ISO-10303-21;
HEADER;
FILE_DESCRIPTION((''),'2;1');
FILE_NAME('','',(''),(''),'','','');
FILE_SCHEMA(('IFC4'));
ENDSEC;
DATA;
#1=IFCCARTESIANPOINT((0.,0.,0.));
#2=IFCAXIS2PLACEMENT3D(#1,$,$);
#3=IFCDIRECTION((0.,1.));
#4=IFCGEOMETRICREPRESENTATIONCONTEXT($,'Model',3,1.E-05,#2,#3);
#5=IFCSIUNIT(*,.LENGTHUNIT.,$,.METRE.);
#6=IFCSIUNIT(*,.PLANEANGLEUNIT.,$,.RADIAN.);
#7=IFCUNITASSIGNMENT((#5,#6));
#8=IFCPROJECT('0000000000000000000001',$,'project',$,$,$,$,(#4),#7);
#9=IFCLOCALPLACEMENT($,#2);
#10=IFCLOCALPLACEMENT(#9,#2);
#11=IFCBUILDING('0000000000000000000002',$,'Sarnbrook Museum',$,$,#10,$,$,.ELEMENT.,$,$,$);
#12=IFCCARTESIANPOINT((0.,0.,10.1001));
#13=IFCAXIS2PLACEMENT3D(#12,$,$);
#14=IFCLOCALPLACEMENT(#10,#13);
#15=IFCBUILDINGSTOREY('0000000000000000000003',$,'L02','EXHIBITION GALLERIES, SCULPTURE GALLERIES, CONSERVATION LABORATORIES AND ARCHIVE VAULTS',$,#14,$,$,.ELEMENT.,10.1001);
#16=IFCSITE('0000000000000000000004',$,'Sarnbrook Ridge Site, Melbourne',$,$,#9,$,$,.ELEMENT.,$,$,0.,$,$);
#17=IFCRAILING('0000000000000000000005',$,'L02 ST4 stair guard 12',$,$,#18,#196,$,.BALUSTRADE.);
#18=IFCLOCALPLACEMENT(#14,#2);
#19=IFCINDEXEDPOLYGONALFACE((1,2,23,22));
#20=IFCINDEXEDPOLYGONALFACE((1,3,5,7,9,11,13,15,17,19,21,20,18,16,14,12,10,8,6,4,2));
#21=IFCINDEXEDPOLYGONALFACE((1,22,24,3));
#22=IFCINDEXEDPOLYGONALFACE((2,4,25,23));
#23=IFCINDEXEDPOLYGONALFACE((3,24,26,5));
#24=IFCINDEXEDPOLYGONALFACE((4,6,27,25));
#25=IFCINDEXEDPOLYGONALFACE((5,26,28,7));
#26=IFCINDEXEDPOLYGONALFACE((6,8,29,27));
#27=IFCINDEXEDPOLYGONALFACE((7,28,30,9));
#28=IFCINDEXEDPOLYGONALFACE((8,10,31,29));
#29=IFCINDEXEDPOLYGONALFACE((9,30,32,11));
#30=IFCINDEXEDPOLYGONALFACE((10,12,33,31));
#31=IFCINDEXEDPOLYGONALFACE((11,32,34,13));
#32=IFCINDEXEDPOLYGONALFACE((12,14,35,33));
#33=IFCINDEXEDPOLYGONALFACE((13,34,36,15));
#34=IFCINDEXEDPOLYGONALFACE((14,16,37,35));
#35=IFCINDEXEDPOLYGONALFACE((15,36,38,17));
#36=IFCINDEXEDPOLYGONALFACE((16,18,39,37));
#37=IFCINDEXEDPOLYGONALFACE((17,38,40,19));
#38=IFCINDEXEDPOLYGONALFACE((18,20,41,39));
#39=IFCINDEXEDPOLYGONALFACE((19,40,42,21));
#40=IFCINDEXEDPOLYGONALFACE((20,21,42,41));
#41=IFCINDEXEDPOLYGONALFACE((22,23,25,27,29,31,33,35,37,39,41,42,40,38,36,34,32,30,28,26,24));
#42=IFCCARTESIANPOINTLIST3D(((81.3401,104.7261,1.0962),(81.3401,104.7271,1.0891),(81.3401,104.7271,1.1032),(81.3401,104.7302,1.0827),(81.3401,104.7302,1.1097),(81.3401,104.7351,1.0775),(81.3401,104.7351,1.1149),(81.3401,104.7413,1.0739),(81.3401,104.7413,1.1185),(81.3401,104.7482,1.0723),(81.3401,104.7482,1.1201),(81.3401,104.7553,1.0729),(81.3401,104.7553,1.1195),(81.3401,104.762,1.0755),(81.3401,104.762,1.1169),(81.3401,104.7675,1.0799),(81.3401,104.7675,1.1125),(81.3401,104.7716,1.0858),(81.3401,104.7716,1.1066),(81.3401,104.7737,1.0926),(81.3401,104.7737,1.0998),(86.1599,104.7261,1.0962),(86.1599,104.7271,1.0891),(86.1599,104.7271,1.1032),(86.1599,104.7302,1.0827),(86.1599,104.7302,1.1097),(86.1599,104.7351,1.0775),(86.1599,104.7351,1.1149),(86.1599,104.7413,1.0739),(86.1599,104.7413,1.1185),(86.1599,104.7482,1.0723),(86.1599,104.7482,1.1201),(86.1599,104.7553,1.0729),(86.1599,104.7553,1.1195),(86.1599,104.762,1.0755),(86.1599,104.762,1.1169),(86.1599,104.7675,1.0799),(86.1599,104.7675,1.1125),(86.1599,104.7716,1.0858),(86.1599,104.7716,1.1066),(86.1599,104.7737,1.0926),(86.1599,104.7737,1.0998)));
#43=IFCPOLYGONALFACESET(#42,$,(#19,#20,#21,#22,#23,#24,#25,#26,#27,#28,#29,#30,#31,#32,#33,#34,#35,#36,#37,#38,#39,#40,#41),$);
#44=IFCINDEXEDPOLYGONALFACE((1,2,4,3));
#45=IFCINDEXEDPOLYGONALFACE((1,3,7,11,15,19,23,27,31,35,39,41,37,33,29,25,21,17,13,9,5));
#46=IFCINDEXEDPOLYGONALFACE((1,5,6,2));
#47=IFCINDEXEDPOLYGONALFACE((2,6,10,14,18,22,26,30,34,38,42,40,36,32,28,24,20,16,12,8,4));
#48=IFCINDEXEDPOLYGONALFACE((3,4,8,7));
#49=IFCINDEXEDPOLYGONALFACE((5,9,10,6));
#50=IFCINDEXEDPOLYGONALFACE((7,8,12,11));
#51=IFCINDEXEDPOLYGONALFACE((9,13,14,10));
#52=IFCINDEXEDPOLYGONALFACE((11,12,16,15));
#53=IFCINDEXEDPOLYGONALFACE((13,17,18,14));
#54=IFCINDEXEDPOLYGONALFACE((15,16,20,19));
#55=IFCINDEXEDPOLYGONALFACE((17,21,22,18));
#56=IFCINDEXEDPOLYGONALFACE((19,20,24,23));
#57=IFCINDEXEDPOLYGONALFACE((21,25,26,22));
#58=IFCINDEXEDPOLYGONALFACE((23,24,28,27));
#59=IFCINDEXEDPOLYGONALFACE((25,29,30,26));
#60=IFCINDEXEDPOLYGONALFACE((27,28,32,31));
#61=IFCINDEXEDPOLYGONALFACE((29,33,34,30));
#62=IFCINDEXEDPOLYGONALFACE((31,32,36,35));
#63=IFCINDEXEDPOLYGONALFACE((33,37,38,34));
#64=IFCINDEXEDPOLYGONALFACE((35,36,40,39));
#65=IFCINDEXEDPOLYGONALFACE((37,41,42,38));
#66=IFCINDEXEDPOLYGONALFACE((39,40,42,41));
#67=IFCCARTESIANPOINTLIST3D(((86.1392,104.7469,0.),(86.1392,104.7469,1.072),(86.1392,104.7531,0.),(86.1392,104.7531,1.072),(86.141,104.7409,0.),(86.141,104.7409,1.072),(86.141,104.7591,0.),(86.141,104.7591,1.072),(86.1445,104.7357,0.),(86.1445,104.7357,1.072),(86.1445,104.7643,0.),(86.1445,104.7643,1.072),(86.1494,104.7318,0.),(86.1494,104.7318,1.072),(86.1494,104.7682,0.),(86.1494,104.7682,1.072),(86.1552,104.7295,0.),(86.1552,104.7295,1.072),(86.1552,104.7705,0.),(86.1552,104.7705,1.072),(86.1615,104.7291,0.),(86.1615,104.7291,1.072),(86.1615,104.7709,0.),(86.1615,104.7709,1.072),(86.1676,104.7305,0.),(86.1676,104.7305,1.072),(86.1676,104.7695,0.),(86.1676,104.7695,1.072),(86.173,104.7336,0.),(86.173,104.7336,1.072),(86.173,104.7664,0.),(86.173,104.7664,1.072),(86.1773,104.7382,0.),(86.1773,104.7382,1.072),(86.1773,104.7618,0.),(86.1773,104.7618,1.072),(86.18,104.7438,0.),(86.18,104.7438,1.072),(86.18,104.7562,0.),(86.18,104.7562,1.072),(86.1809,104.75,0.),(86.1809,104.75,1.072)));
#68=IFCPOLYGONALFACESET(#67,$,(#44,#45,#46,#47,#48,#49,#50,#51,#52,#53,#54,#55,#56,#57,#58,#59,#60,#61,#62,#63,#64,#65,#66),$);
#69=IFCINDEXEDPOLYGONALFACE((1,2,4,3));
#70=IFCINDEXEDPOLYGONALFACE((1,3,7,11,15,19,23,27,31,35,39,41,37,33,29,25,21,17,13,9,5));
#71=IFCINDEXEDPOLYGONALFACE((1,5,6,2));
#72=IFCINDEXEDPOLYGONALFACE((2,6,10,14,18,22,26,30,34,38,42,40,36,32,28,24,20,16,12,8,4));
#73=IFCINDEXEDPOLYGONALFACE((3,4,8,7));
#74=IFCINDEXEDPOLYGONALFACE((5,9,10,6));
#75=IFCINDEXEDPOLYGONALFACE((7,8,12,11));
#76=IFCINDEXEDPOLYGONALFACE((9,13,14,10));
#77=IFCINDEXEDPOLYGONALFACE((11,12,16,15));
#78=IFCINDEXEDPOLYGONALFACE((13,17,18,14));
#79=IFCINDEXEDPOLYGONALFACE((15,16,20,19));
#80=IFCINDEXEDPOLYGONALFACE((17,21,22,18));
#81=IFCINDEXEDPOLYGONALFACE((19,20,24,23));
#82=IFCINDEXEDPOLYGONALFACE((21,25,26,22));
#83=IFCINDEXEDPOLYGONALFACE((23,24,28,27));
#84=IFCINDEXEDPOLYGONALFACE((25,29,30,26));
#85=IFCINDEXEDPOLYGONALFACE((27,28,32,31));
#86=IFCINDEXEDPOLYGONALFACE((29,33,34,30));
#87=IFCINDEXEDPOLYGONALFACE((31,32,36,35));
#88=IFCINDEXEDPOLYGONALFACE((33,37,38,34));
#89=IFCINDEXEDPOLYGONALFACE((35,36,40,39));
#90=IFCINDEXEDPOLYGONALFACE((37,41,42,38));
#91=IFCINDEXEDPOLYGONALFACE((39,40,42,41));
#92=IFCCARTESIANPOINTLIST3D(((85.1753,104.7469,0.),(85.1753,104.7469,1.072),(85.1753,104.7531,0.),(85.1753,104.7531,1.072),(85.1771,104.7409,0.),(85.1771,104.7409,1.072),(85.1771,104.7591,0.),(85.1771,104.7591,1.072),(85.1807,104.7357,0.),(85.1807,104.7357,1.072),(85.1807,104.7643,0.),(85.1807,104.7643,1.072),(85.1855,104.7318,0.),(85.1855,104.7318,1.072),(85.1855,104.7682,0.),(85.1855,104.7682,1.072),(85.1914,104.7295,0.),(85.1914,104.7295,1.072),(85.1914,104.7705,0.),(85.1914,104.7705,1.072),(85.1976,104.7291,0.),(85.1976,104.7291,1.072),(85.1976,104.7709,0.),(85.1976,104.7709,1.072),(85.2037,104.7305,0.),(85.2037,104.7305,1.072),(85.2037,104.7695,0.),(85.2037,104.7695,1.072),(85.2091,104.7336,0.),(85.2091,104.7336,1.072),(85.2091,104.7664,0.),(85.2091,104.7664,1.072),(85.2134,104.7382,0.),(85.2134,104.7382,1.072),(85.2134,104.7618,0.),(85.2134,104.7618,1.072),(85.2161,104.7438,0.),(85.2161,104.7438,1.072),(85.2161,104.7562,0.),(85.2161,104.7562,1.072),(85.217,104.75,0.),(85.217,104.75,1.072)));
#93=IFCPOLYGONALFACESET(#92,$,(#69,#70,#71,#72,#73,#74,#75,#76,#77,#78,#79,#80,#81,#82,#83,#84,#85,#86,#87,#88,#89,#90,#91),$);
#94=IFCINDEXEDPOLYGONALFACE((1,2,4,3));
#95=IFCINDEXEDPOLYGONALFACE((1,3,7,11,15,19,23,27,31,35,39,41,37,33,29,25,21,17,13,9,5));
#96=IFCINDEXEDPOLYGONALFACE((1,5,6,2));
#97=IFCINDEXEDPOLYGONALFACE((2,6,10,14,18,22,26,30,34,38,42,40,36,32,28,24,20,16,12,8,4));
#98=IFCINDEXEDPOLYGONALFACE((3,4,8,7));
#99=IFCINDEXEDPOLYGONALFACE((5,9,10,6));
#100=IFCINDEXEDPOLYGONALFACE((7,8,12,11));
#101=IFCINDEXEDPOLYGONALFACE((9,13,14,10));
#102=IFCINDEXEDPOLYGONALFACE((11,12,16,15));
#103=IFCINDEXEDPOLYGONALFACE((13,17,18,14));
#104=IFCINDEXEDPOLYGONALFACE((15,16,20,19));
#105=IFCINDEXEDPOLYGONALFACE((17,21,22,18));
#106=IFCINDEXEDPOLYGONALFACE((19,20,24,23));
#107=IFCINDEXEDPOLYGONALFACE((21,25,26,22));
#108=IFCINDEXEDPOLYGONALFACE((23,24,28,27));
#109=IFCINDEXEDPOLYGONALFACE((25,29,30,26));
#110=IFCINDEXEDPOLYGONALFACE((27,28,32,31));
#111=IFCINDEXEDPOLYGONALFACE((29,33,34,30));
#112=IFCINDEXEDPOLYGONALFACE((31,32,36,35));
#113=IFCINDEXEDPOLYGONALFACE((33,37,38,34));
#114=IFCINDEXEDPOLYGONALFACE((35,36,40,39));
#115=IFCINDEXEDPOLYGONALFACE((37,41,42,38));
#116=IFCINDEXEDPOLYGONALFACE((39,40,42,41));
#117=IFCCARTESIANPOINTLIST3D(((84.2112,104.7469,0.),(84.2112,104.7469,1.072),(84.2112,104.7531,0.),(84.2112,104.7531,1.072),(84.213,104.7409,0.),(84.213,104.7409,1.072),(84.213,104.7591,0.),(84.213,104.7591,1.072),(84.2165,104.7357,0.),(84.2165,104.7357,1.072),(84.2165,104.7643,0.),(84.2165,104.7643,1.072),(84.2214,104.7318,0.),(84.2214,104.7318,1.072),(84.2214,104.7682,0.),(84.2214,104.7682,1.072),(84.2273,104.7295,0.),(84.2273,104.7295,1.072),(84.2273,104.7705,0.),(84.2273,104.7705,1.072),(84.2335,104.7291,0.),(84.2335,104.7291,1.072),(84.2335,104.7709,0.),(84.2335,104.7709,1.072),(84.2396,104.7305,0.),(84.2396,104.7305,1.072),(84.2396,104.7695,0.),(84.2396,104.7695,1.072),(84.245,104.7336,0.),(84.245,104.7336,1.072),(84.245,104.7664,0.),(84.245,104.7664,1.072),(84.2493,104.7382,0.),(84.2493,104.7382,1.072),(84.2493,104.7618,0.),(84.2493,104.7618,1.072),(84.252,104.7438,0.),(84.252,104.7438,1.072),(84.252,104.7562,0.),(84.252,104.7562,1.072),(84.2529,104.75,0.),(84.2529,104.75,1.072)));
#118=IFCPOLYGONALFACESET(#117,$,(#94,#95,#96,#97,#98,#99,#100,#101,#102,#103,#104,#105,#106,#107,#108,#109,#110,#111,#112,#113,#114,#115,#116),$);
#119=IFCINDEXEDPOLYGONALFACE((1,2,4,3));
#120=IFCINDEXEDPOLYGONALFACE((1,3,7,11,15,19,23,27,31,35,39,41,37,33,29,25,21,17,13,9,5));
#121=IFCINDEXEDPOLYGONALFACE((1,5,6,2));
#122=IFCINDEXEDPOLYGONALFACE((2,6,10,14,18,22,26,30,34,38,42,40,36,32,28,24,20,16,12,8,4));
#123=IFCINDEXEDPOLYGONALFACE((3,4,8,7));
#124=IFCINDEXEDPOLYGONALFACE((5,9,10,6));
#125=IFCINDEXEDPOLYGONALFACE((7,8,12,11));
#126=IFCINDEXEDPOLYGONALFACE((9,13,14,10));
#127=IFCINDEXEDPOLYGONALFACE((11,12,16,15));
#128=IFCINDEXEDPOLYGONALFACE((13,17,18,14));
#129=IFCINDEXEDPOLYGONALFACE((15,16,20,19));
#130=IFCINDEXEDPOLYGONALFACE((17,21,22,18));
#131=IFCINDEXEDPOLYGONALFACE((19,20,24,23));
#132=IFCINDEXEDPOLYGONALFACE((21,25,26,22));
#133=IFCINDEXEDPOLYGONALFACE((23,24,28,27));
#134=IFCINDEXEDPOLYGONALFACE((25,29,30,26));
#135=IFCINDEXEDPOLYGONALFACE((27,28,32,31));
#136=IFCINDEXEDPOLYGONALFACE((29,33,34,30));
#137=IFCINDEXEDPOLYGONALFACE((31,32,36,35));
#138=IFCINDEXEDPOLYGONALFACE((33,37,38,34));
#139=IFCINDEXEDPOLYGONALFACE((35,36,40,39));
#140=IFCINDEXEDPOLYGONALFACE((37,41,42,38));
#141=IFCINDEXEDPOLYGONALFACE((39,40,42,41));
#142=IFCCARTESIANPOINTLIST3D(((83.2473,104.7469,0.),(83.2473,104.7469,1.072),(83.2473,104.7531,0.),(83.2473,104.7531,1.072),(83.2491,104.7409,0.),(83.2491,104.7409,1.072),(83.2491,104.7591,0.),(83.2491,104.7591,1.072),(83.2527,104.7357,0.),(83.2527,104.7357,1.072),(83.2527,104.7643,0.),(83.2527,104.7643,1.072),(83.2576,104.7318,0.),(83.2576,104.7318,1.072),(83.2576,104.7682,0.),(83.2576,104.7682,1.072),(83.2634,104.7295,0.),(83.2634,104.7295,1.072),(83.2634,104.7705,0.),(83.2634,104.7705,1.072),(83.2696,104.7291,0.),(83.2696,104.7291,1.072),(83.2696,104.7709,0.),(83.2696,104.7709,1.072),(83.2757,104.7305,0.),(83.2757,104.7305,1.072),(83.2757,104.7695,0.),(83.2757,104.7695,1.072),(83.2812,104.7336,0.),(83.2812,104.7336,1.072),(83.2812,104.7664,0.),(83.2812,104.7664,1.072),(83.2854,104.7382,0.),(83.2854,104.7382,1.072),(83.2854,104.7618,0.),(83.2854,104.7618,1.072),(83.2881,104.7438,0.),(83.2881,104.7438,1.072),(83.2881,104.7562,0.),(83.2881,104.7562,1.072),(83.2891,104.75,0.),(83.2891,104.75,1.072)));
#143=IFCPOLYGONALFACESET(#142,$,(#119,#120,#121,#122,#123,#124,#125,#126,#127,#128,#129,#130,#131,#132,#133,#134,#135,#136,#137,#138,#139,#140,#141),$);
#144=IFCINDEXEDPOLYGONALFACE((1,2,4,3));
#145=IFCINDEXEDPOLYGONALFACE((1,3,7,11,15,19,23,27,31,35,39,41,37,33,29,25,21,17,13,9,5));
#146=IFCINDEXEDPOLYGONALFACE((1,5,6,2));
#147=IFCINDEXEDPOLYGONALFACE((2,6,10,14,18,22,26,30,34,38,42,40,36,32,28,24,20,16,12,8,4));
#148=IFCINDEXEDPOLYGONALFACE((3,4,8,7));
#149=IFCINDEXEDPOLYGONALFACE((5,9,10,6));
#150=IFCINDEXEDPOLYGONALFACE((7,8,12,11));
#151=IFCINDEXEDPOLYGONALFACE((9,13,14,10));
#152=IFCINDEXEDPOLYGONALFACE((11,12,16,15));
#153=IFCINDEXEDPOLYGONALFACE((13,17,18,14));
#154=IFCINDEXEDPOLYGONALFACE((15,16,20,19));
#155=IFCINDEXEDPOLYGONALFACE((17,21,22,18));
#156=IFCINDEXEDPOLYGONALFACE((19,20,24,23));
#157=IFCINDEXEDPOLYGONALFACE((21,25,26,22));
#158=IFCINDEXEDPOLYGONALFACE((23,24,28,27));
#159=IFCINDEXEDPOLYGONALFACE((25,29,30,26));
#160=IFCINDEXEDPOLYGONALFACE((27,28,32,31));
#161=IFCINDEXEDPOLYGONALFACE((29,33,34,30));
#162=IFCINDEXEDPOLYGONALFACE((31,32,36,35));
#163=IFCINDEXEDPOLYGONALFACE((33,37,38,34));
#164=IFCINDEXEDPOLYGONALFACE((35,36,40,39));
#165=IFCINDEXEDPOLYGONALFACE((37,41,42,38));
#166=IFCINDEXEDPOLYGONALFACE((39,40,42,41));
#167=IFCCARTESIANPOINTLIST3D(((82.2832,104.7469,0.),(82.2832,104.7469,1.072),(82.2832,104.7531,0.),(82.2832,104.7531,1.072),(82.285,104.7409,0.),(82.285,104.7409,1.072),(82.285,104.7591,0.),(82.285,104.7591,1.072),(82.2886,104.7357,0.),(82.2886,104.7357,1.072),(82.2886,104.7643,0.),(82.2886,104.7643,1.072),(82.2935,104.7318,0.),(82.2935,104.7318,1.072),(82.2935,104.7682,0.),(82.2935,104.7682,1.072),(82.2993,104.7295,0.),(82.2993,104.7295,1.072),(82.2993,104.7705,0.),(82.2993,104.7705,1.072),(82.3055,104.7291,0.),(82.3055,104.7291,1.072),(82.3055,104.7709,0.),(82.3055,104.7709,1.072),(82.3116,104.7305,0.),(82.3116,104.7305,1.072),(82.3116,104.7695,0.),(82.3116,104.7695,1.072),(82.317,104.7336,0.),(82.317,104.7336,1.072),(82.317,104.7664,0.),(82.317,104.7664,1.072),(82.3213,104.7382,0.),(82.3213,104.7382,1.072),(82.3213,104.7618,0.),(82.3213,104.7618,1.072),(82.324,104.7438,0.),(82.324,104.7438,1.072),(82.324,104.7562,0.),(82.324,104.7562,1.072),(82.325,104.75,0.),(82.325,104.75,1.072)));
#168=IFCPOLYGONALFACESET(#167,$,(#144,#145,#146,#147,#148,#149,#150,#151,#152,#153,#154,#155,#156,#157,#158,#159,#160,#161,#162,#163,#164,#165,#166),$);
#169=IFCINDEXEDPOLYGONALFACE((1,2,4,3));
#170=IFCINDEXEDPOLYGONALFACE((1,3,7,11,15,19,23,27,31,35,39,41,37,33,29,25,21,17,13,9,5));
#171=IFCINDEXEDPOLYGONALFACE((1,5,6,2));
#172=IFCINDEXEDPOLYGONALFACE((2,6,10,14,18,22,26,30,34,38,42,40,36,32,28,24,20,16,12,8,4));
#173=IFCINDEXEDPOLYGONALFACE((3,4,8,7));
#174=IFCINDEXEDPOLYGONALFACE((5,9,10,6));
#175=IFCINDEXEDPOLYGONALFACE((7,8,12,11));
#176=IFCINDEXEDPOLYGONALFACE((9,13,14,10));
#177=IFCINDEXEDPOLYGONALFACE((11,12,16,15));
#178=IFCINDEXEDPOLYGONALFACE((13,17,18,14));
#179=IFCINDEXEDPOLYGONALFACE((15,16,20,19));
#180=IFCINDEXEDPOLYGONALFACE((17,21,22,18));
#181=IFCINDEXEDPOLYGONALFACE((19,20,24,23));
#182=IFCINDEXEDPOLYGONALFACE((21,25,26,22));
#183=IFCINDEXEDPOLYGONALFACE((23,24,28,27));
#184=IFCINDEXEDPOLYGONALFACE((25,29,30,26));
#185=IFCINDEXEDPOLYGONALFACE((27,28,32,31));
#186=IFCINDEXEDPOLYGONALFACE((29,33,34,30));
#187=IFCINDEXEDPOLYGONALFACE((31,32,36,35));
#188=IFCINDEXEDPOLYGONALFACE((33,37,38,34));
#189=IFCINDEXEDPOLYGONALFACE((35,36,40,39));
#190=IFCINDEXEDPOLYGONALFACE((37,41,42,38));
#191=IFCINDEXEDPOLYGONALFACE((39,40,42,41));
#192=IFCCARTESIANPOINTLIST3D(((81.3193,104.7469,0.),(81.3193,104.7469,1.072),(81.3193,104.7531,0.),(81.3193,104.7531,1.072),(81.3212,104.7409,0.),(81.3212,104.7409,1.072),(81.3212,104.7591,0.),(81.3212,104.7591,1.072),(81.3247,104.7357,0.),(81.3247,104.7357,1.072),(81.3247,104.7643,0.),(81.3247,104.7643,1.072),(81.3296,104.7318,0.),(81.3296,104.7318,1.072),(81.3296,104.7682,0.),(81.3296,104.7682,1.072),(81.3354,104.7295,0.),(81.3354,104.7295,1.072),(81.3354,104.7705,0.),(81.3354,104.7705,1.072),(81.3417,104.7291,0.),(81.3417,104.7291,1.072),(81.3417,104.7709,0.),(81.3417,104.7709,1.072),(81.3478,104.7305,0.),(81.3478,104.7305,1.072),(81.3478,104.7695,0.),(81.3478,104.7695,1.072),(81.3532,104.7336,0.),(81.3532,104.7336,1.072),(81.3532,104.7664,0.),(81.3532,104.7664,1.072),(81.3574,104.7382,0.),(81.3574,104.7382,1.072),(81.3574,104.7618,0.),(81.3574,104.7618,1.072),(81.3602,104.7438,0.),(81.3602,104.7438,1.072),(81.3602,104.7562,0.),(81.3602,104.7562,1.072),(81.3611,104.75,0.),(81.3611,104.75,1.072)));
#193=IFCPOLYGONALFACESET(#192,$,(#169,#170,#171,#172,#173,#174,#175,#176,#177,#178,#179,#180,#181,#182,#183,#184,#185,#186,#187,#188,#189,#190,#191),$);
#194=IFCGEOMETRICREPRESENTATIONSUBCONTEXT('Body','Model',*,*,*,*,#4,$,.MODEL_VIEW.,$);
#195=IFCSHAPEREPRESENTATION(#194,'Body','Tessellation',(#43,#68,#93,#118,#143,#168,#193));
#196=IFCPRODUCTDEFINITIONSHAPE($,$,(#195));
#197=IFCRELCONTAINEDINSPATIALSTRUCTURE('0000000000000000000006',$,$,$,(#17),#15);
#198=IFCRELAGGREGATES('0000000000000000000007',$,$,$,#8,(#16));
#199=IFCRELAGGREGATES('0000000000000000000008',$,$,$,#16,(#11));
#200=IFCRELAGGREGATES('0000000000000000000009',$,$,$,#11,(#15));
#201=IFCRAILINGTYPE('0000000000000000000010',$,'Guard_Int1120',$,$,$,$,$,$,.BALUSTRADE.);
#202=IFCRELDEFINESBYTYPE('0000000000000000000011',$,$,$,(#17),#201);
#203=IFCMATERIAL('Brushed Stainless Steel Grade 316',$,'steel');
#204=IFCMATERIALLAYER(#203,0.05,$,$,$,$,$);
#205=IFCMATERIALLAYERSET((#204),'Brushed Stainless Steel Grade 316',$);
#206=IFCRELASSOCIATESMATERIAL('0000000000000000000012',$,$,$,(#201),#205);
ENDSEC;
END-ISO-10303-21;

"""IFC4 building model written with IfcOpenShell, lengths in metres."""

from ifc_helpers import new_model, si_unit, direction, frame, origin, origin_2d, place, context, subcontext, project, spatial, circle, extrude, material, layer, layer_set, type_object, element, save


model = new_model("IFC4")

# Units and contexts
model_context = context("Model", 3, precision=1e-05, world=origin(), true_north=direction((0.0, 1.0)))
body_context = subcontext(model_context, "Body", "Model", "MODEL_VIEW")
ifc_project = project(units=[si_unit("LENGTHUNIT", "METRE"), si_unit("PLANEANGLEUNIT", "RADIAN")], contexts=[model_context])

# Site, building, storey
site_placement = place(None, origin())
site = spatial("IfcSite", under=ifc_project, at=site_placement, Name="Sarnbrook Ridge Site, Melbourne", CompositionType="ELEMENT", RefElevation=0.0)
building_placement = place(site_placement, origin())
building = spatial("IfcBuilding", under=site, at=building_placement, Name="Sarnbrook Museum", CompositionType="ELEMENT")
storey_placement = place(building_placement, frame((0.0, 0.0, 10.1001)))
storey = spatial("IfcBuildingStorey", under=building, at=storey_placement, Name="L02", Description="EXHIBITION GALLERIES, SCULPTURE GALLERIES, CONSERVATION LABORATORIES AND ARCHIVE VAULTS", CompositionType="ELEMENT", Elevation=10.1001)

# Shared definitions
ifc_material_1 = material(Name="Brushed Stainless Steel Grade 316", Category="steel")

# Railing
ifc_layer_1 = layer(ifc_material_1, 0.05)
ifc_layer_set_1 = layer_set([ifc_layer_1], Name="Brushed Stainless Steel Grade 316")
railing_type_1 = type_object("IfcRailingType", Name="Guard_Int1120", PredefinedType="BALUSTRADE", material=ifc_layer_set_1)
railing_1_placement = place(storey_placement, frame((86.1599, 104.75, 0.0)))
element("IfcRailing", 1, at=railing_1_placement, inside=storey, type_object=railing_type_1, Name="L02 ST4 stair guard 12", PredefinedType="BALUSTRADE", context=body_context, shape_type="SweptSolid", body=[
    extrude(circle(Radius=0.0239, at=origin_2d()), frame((0.0, 0.0, 1.0962), z_axis=(-1.0, 0.0, 0.0), x_axis=(0.0, -1.0, 0.0)), (0.0, 0.0, 1.0), 4.8198),
    extrude(circle(Radius=0.021, at=origin_2d()), origin(), (0.0, 0.0, 1.0), 1.072),
    extrude(circle(Radius=0.021, at=origin_2d()), frame((-0.9639, 0.0, 0.0)), (0.0, 0.0, 1.0), 1.072),
    extrude(circle(Radius=0.021, at=origin_2d()), frame((-1.928, 0.0, 0.0)), (0.0, 0.0, 1.0), 1.072),
    extrude(circle(Radius=0.021, at=origin_2d()), frame((-2.8918, 0.0, 0.0)), (0.0, 0.0, 1.0), 1.072),
    extrude(circle(Radius=0.021, at=origin_2d()), frame((-3.856, 0.0, 0.0)), (0.0, 0.0, 1.0), 1.072),
    extrude(circle(Radius=0.021, at=origin_2d()), frame((-4.8198, 0.0, 0.0)), (0.0, 0.0, 1.0), 1.072),
])

save(model, "model.ifc")
